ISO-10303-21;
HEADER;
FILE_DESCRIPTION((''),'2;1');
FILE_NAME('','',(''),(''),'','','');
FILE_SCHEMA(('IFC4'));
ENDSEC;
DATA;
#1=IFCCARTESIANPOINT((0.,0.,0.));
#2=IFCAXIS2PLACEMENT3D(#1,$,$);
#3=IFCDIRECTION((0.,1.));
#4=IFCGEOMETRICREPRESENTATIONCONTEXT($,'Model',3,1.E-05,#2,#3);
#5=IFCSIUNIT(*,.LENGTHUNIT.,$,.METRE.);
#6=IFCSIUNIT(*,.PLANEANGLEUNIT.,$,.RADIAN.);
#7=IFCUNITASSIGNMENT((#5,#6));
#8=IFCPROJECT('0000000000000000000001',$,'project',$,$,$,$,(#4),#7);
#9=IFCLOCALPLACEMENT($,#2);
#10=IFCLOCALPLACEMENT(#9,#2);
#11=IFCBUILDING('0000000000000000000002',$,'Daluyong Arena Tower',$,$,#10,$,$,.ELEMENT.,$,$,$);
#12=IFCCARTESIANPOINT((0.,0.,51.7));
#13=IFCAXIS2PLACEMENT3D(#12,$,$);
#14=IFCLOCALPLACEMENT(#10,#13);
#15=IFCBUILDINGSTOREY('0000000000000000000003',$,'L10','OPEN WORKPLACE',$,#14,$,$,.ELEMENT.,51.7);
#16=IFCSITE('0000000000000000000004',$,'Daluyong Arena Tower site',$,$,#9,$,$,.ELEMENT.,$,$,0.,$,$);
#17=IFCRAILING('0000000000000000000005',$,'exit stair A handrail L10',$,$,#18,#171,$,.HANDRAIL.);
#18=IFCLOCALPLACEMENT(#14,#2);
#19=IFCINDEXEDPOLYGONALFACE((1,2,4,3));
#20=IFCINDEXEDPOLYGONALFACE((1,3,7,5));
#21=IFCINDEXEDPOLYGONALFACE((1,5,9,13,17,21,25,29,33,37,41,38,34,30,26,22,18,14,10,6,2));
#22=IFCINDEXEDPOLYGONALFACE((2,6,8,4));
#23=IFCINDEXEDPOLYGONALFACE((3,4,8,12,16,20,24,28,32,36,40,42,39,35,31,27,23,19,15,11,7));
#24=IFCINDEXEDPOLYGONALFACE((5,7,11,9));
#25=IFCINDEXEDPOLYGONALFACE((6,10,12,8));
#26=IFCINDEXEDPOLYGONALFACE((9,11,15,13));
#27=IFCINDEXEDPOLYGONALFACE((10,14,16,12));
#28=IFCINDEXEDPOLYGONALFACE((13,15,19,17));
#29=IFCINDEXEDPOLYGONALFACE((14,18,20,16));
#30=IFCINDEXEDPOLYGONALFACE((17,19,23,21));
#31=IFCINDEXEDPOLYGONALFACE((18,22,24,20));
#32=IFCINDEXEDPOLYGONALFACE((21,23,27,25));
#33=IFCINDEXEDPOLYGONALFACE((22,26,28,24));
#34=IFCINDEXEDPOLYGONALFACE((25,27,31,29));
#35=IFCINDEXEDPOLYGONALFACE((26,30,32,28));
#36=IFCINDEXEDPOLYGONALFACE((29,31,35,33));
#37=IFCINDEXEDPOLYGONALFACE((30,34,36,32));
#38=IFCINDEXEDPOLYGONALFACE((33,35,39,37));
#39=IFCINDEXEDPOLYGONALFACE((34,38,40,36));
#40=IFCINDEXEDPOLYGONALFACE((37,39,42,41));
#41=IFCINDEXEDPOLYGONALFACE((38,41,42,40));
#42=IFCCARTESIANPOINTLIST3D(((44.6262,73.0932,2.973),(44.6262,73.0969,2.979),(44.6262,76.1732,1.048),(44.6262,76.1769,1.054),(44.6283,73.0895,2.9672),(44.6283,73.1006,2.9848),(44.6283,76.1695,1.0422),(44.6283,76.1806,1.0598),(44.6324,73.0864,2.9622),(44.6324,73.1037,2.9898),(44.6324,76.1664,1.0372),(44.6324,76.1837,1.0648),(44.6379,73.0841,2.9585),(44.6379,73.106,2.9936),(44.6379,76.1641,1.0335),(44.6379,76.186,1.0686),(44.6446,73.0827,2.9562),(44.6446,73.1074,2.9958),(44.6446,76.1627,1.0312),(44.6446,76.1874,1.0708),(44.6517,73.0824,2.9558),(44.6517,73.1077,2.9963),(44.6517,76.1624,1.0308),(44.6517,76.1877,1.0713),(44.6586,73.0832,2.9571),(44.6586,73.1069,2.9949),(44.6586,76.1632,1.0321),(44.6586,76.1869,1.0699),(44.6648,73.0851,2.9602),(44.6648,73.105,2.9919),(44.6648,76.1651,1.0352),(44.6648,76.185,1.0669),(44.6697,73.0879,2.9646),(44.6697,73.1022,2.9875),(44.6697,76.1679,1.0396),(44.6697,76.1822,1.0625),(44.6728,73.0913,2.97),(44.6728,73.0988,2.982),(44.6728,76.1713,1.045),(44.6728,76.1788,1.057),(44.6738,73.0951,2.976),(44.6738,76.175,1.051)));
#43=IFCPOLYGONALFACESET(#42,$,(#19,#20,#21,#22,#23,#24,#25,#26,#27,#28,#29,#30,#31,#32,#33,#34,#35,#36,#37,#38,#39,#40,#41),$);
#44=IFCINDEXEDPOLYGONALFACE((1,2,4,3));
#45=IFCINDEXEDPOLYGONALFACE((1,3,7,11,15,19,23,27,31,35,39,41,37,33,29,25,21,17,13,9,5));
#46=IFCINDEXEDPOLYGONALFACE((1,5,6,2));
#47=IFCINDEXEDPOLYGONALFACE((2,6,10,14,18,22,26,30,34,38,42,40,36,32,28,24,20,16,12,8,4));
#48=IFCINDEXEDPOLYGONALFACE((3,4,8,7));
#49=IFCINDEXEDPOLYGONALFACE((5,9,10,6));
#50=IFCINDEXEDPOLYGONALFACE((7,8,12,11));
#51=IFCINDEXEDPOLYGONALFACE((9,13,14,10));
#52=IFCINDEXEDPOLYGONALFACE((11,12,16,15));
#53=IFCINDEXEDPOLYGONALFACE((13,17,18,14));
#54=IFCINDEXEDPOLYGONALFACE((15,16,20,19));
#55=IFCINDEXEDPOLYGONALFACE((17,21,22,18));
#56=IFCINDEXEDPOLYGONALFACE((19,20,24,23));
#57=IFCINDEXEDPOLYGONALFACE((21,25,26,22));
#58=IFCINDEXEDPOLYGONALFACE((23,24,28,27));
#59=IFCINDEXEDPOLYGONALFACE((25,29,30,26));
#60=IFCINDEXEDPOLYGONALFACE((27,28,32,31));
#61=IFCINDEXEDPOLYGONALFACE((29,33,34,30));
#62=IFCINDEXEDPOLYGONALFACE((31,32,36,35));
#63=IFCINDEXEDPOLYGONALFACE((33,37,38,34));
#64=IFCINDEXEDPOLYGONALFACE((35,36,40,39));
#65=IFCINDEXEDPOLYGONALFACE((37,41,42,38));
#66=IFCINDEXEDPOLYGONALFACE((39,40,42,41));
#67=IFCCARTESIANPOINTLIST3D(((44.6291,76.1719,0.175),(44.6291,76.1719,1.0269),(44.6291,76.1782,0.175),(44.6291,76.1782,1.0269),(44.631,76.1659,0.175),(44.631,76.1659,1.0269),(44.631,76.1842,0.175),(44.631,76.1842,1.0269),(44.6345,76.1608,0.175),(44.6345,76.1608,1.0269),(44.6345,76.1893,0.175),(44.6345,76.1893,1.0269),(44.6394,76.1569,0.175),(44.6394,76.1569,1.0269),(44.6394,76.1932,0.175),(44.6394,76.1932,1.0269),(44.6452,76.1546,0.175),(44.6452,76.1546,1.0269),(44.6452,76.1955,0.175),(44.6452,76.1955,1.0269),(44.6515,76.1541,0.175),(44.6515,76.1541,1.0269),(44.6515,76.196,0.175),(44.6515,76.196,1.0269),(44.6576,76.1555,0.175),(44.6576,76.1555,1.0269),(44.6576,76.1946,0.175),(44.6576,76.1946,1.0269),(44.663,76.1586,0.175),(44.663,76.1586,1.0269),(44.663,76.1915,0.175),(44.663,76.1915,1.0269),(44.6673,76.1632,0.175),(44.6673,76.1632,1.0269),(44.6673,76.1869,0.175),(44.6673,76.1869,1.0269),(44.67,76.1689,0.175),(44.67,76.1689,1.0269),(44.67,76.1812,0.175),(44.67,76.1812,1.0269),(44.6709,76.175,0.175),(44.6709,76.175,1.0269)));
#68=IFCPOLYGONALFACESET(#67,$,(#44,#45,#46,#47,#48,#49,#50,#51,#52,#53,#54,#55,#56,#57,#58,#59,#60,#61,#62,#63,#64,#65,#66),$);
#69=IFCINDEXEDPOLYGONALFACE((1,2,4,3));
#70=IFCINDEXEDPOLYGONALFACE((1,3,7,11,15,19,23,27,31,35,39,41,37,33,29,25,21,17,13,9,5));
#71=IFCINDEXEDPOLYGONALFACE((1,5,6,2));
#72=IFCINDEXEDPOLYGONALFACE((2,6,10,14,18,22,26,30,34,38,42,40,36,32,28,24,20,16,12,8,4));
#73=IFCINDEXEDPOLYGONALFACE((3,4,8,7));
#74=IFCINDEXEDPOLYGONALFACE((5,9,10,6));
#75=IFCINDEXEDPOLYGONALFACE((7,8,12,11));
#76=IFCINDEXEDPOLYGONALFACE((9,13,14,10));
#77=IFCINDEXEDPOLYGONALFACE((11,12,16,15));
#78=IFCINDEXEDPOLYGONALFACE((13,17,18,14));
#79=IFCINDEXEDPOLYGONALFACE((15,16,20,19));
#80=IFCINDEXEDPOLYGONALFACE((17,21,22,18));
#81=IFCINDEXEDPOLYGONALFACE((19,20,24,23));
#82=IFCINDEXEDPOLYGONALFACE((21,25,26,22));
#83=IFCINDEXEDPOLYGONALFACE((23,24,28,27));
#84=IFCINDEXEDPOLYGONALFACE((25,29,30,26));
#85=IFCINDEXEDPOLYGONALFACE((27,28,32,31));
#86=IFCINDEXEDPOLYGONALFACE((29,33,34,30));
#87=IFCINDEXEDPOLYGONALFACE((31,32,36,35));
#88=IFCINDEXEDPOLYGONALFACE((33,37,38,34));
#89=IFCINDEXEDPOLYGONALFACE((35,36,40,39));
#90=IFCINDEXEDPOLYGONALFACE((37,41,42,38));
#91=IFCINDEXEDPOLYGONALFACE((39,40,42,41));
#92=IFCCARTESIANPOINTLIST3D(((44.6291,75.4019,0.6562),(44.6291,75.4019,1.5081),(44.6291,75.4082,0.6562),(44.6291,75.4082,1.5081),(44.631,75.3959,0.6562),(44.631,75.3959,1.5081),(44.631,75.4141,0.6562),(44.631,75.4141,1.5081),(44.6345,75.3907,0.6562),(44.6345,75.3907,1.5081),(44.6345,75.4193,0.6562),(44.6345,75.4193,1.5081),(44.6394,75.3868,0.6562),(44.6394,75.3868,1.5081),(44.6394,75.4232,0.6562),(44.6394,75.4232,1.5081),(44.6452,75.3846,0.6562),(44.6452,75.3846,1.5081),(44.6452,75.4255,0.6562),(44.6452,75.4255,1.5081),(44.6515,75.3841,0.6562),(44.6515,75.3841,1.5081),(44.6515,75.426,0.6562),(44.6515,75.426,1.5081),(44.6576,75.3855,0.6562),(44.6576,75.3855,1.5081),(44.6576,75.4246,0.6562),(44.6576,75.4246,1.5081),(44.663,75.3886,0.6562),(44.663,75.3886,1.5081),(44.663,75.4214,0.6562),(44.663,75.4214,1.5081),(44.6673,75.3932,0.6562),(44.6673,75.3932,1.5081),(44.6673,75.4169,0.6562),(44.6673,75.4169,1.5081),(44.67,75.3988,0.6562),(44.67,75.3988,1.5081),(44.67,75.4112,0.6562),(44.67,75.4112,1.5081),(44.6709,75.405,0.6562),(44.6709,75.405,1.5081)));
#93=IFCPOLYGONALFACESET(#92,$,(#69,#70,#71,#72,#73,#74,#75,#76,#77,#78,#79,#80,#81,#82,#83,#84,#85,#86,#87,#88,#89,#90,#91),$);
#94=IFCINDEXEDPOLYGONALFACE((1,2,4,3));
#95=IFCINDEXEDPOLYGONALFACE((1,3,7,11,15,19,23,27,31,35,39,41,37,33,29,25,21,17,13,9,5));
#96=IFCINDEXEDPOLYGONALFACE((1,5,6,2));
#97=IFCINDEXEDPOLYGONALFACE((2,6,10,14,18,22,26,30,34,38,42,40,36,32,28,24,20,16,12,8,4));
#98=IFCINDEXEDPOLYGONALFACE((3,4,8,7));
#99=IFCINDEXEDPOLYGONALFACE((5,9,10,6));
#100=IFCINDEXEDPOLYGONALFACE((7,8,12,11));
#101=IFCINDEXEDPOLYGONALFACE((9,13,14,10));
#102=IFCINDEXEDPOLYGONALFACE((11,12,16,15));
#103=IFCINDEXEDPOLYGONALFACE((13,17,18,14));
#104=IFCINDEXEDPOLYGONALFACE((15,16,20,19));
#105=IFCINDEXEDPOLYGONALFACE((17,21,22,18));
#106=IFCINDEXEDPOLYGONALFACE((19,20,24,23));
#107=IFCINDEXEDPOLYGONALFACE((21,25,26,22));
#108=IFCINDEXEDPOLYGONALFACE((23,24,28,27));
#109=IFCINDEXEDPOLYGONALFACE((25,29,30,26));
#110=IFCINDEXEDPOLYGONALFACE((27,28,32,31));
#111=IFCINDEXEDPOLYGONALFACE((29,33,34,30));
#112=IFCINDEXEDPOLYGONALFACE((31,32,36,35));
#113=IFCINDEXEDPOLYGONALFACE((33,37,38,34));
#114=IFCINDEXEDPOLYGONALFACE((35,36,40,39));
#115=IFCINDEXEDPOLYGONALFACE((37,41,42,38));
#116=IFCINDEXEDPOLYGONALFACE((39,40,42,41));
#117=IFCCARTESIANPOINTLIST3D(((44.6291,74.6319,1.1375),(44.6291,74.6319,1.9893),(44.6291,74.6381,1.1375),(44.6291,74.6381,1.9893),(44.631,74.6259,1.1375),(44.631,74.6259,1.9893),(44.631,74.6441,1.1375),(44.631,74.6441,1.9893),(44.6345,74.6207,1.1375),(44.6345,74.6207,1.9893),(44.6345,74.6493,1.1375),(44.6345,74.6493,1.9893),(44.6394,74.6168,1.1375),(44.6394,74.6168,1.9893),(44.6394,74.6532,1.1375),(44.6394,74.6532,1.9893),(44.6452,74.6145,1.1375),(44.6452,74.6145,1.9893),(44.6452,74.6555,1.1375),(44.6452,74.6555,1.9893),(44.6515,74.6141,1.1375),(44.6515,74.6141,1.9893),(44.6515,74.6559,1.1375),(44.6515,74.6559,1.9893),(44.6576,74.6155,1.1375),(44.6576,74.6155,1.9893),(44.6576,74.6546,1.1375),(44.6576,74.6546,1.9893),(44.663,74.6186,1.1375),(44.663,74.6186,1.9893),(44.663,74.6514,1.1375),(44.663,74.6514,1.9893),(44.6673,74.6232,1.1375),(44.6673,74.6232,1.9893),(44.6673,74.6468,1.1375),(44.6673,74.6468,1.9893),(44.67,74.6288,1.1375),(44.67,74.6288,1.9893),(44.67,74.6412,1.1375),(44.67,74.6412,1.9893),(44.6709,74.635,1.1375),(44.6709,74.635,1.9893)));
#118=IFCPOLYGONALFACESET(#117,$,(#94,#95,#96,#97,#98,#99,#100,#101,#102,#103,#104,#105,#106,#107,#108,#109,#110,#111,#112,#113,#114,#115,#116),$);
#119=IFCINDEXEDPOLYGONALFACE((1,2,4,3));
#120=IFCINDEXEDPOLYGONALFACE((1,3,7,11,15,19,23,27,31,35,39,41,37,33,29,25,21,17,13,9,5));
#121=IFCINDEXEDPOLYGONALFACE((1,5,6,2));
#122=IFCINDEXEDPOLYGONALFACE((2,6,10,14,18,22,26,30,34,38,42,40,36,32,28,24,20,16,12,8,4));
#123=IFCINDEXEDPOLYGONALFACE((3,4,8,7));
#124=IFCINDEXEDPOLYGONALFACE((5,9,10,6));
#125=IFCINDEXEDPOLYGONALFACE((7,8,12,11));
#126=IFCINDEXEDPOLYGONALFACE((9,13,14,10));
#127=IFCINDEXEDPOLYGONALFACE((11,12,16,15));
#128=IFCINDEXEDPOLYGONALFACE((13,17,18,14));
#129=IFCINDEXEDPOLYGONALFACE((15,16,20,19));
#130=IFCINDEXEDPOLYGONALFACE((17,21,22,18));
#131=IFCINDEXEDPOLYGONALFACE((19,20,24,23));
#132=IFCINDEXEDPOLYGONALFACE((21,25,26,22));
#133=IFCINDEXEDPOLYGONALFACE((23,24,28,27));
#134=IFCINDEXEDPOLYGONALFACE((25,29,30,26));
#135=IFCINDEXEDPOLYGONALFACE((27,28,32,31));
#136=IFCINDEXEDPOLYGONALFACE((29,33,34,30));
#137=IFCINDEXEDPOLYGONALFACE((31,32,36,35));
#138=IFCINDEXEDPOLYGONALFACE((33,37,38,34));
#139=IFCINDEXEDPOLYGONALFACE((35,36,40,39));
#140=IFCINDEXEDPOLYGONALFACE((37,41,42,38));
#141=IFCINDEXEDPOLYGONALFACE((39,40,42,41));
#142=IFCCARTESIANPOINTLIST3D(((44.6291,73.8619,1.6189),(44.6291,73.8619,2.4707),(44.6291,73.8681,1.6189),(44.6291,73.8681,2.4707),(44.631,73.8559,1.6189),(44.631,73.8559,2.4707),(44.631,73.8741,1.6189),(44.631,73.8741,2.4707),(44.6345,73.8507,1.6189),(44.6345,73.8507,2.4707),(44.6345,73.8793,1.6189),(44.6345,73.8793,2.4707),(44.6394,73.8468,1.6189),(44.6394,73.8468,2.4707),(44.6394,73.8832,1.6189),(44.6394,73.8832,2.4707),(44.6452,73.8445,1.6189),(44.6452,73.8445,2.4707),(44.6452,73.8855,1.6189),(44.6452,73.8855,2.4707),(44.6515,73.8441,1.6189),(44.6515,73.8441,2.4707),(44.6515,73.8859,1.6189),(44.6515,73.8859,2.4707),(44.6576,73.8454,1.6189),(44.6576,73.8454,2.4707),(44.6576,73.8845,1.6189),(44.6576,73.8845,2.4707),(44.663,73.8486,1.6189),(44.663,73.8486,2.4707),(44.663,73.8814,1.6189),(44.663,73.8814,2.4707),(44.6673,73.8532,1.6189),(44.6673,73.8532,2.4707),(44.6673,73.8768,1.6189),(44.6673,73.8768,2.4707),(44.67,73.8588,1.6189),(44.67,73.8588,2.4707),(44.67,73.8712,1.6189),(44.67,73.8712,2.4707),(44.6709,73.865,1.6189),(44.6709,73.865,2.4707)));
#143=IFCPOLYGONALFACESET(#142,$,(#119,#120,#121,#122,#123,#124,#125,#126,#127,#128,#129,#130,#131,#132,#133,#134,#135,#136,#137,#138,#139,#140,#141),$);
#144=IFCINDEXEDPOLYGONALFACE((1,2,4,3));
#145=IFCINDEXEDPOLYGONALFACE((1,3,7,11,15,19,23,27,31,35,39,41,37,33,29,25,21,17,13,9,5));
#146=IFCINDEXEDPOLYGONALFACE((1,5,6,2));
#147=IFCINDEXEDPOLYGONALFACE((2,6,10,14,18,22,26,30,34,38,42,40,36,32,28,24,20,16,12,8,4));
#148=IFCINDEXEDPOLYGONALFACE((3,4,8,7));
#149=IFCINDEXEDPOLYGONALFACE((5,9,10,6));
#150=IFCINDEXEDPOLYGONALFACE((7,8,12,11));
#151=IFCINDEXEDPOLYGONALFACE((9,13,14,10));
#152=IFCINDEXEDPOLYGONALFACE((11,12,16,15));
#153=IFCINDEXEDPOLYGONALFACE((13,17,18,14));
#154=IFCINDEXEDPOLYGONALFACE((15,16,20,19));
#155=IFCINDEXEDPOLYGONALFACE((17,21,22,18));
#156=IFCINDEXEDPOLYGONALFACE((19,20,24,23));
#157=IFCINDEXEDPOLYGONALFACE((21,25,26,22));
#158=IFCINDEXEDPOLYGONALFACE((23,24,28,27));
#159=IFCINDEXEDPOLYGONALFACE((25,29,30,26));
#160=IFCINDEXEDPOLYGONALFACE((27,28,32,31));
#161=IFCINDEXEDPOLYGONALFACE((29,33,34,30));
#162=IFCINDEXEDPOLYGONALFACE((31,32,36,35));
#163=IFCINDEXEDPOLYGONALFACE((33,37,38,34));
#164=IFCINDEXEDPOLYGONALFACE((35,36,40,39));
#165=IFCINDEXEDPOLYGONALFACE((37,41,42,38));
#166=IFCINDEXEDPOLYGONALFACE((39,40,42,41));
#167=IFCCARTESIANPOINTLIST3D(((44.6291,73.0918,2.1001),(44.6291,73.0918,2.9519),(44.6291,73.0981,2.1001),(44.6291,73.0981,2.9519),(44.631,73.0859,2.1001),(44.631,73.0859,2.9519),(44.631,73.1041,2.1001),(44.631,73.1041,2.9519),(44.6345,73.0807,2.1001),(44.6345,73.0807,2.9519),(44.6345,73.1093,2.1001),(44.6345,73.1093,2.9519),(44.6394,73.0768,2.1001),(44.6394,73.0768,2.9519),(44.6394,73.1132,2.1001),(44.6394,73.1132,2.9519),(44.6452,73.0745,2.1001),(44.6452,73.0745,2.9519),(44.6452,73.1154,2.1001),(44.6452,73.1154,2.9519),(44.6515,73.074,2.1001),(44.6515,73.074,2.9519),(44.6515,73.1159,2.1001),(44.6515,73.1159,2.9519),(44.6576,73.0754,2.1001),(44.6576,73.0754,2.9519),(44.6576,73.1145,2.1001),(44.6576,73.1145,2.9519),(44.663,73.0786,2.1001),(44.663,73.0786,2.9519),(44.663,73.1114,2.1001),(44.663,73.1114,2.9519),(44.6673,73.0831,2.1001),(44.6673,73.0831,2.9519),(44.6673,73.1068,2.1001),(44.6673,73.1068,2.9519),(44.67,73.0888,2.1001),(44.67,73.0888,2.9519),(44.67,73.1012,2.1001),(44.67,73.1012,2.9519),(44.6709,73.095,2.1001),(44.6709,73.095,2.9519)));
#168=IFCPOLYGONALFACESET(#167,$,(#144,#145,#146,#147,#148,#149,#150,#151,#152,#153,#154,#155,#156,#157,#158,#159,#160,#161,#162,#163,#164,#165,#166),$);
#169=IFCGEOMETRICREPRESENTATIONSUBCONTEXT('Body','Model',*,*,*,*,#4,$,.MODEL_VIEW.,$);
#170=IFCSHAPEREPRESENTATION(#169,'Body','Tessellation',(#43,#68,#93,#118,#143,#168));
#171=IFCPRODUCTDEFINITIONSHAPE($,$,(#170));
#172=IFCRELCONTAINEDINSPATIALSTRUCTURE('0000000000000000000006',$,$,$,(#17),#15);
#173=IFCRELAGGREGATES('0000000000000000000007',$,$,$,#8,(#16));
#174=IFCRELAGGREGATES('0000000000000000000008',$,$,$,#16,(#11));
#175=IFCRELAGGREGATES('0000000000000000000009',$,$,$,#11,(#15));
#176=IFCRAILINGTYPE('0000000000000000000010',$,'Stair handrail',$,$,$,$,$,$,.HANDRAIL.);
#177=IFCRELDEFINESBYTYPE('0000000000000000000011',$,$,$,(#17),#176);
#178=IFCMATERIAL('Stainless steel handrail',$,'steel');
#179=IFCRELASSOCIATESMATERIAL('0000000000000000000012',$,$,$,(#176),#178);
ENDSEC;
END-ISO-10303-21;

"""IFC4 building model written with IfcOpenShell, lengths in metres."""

from ifc_helpers import new_model, si_unit, direction, frame, origin, origin_2d, place, context, subcontext, project, spatial, circle, extrude, material, type_object, element, save


model = new_model("IFC4")

# Units and contexts
model_context = context("Model", 3, precision=1e-05, world=origin(), true_north=direction((0.0, 1.0)))
body_context = subcontext(model_context, "Body", "Model", "MODEL_VIEW")
ifc_project = project(units=[si_unit("LENGTHUNIT", "METRE"), si_unit("PLANEANGLEUNIT", "RADIAN")], contexts=[model_context])

# Site, building, storey
site_placement = place(None, origin())
site = spatial("IfcSite", under=ifc_project, at=site_placement, Name="Daluyong Arena Tower site", CompositionType="ELEMENT", RefElevation=0.0)
building_placement = place(site_placement, origin())
building = spatial("IfcBuilding", under=site, at=building_placement, Name="Daluyong Arena Tower", CompositionType="ELEMENT")
storey_placement = place(building_placement, frame((0.0, 0.0, 51.7)))
storey = spatial("IfcBuildingStorey", under=building, at=storey_placement, Name="L10", Description="OPEN WORKPLACE", CompositionType="ELEMENT", Elevation=51.7)

# Railing
ifc_material_1 = material(Name="Stainless steel handrail", Category="steel")
railing_type_1 = type_object("IfcRailingType", Name="Stair handrail", PredefinedType="HANDRAIL", material=ifc_material_1)
railing_1_placement = place(storey_placement, frame((44.6499, 76.175, 0.175)))
element("IfcRailing", 1, at=railing_1_placement, inside=storey, type_object=railing_type_1, Name="exit stair A handrail L10", PredefinedType="HANDRAIL", context=body_context, shape_type="SweptSolid", body=[
    extrude(circle(Radius=0.0239, at=origin_2d()), frame((0.0, 0.0, 0.876), z_axis=(0.0, -0.847998, 0.529999), x_axis=(1.0, 0.0, 0.0)), (0.0, 0.0, 1.0), 3.6321),
    extrude(circle(Radius=0.021, at=origin_2d()), origin(), (0.0, 0.0, 1.0), 0.8518),
    extrude(circle(Radius=0.021, at=origin_2d()), frame((0.0, -0.77, 0.4812)), (0.0, 0.0, 1.0), 0.8518),
    extrude(circle(Radius=0.021, at=origin_2d()), frame((0.0, -1.54, 0.9624)), (0.0, 0.0, 1.0), 0.8518),
    extrude(circle(Radius=0.021, at=origin_2d()), frame((0.0, -2.3101, 1.4438)), (0.0, 0.0, 1.0), 0.8518),
    extrude(circle(Radius=0.021, at=origin_2d()), frame((0.0, -3.0801, 1.925)), (0.0, 0.0, 1.0), 0.8518),
])

save(model, "model.ifc")
